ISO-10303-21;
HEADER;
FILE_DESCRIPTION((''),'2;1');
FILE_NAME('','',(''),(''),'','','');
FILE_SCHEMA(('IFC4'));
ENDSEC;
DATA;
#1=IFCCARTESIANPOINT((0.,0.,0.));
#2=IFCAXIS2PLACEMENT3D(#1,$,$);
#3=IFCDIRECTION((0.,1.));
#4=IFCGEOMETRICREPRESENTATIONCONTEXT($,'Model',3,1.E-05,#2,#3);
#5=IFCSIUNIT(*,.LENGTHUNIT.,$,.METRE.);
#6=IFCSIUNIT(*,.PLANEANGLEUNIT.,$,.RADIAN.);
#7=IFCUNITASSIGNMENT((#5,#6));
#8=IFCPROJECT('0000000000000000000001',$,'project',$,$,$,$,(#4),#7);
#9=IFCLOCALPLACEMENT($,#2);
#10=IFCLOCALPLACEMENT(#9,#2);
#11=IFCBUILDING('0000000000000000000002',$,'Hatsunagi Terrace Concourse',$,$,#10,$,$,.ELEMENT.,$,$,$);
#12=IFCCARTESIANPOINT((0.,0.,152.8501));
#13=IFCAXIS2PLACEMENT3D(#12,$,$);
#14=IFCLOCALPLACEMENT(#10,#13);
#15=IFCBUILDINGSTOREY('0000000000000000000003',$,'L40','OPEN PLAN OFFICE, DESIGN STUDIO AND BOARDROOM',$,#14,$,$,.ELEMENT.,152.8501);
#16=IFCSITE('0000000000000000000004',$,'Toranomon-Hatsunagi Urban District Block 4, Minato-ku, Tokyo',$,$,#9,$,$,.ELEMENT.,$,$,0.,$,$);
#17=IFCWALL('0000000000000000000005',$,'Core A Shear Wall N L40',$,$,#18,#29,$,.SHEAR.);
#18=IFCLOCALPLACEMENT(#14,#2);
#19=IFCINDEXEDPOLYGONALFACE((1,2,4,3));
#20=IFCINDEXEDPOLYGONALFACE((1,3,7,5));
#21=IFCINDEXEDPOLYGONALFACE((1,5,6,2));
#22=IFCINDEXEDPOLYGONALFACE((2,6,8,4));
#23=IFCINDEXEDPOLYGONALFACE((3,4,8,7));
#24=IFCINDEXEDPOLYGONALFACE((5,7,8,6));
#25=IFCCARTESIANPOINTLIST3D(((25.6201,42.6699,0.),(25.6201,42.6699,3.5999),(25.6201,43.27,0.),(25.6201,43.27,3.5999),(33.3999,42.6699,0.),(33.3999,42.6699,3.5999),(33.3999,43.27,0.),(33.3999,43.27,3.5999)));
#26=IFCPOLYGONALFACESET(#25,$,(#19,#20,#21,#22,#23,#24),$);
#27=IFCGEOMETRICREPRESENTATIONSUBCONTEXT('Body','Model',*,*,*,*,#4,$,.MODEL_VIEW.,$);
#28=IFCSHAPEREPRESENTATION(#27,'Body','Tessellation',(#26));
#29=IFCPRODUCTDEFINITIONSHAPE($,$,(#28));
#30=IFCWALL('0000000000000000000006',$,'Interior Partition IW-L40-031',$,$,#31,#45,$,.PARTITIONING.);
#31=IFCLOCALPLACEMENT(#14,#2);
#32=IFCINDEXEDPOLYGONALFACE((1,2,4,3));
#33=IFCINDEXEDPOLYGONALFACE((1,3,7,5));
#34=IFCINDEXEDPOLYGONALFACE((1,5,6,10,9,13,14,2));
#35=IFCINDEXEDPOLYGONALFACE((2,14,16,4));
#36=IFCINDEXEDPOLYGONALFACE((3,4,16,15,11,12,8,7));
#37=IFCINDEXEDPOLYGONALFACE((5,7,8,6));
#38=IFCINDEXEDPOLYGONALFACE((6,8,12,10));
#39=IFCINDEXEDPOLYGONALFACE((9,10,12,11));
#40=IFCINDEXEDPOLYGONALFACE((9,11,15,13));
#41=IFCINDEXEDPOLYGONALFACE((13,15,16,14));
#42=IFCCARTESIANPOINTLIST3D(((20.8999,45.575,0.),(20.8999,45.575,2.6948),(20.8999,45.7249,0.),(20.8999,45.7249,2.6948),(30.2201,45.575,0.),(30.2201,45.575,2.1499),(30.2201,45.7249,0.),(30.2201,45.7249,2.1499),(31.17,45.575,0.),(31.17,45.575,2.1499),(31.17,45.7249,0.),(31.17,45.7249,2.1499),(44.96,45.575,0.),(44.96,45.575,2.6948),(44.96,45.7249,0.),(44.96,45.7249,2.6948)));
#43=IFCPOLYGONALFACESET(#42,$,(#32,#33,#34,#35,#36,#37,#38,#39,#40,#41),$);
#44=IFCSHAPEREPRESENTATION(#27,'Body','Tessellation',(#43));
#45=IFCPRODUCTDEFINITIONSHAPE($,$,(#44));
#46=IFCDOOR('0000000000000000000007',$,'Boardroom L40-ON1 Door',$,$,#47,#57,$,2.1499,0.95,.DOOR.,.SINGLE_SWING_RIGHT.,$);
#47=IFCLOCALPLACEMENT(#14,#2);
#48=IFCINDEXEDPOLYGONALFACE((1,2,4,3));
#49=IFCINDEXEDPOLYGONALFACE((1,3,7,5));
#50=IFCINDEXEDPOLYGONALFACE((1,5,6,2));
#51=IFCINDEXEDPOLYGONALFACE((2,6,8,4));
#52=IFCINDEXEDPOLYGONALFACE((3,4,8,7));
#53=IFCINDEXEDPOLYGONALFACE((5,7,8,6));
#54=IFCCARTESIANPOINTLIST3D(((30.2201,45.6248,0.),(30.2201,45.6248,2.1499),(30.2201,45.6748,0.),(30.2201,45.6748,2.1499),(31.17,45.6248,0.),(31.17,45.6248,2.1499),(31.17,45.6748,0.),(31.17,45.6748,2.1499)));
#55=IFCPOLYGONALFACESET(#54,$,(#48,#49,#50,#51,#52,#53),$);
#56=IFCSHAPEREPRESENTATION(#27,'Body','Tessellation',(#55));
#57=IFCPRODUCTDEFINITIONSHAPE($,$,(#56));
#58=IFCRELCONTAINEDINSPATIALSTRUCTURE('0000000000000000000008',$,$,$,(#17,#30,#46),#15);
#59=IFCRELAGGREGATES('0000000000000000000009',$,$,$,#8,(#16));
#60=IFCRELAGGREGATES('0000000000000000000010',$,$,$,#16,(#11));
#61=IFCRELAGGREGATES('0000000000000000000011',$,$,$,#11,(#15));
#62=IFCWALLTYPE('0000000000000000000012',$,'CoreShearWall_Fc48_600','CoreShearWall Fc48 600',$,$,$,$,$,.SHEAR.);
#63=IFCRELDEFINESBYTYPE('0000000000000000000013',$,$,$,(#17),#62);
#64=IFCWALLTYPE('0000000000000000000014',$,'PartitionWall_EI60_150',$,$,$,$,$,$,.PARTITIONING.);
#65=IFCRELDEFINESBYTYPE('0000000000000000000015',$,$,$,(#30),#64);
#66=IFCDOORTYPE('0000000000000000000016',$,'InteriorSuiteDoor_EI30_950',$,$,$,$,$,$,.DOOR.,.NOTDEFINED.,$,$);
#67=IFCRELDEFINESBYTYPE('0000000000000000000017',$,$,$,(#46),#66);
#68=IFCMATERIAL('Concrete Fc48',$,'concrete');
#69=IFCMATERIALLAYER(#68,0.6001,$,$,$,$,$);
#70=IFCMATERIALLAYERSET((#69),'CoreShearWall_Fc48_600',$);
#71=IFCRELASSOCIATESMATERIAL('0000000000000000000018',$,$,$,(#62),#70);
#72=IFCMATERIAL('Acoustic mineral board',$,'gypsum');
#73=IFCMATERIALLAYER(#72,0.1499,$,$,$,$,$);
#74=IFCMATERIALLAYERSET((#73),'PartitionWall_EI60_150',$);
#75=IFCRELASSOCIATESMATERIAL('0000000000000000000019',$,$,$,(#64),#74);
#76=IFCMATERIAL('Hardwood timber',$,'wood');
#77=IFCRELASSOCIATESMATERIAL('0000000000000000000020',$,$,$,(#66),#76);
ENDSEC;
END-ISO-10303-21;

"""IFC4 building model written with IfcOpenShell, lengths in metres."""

from ifc_helpers import new_model, si_unit, direction, frame, frame_2d, origin, place, context, subcontext, project, spatial, rectangle, extrude, material, layer, layer_set, type_object, element, fill, save


model = new_model("IFC4")

# Units and contexts
model_context = context("Model", 3, precision=1e-05, world=origin(), true_north=direction((0.0, 1.0)))
body_context = subcontext(model_context, "Body", "Model", "MODEL_VIEW")
ifc_project = project(units=[si_unit("LENGTHUNIT", "METRE"), si_unit("PLANEANGLEUNIT", "RADIAN")], contexts=[model_context])

# Site, building, storey
site_placement = place(None, origin())
site = spatial("IfcSite", under=ifc_project, at=site_placement, Name="Toranomon-Hatsunagi Urban District Block 4, Minato-ku, Tokyo", CompositionType="ELEMENT", RefElevation=0.0)
building_placement = place(site_placement, origin())
building = spatial("IfcBuilding", under=site, at=building_placement, Name="Hatsunagi Terrace Concourse", CompositionType="ELEMENT")
storey_placement = place(building_placement, frame((0.0, 0.0, 152.8501)))
storey = spatial("IfcBuildingStorey", under=building, at=storey_placement, Name="L40", Description="OPEN PLAN OFFICE, DESIGN STUDIO AND BOARDROOM", CompositionType="ELEMENT", Elevation=152.8501)

# Wall
ifc_material_1 = material(Name="Concrete Fc48", Category="concrete")
ifc_layer_1 = layer(ifc_material_1, 0.6001)
ifc_layer_set_1 = layer_set([ifc_layer_1], Name="CoreShearWall_Fc48_600")
wall_type_1 = type_object("IfcWallType", Name="CoreShearWall_Fc48_600", Description="CoreShearWall Fc48 600", PredefinedType="SHEAR", material=ifc_layer_set_1)
wall_1_placement = place(storey_placement, frame((25.6201, 42.97, 0.0), z_axis=(0.0, 0.0, 1.0), x_axis=(1.0, 0.0, 0.0)))
element("IfcWall", 1, at=wall_1_placement, inside=storey, type_object=wall_type_1, Name="Core A Shear Wall N L40", PredefinedType="SHEAR", context=body_context, shape_type="SweptSolid", body=[
    extrude(rectangle(XDim=7.7798, YDim=0.6001, at=frame_2d((3.8899, 0.0))), origin(), (0.0, 0.0, 1.0), 3.5999),
])

# Wall, opening, door
ifc_material_2 = material(Name="Acoustic mineral board", Category="gypsum")
ifc_layer_2 = layer(ifc_material_2, 0.1499)
ifc_layer_set_2 = layer_set([ifc_layer_2], Name="PartitionWall_EI60_150")
wall_type_2 = type_object("IfcWallType", Name="PartitionWall_EI60_150", PredefinedType="PARTITIONING", material=ifc_layer_set_2)
wall_2_placement = place(storey_placement, frame((20.8999, 45.6499, 0.0), z_axis=(0.0, 0.0, 1.0), x_axis=(1.0, 0.0, 0.0)))
wall_2 = element("IfcWall", 2, at=wall_2_placement, inside=storey, type_object=wall_type_2, Name="Interior Partition IW-L40-031", PredefinedType="PARTITIONING", context=body_context, shape_type="SweptSolid", body=[
    extrude(rectangle(XDim=24.0601, YDim=0.1499, at=frame_2d((12.03, 0.0))), origin(), (0.0, 0.0, 1.0), 2.6948),
])
opening_placement = place(wall_2_placement, frame((9.3201, 0.0, 0.0)))
opening = element("IfcOpeningElement", 3, at=opening_placement, cuts=wall_2, PredefinedType="OPENING", context=body_context, shape_type="SweptSolid", body=[
    extrude(rectangle(XDim=0.95, YDim=2.1499, at=frame_2d((0.4751, 1.075))), frame((0.0, 0.085, 0.0), z_axis=(0.0, -1.0, 0.0), x_axis=(1.0, 0.0, 0.0)), (0.0, 0.0, 1.0), 0.1699),
])
ifc_material_3 = material(Name="Hardwood timber", Category="wood")
door_type = type_object("IfcDoorType", Name="InteriorSuiteDoor_EI30_950", OperationType="NOTDEFINED", PredefinedType="DOOR", material=ifc_material_3)
door_placement = place(opening_placement, origin())
door = element("IfcDoor", 4, at=door_placement, inside=storey, type_object=door_type, Name="Boardroom L40-ON1 Door", OperationType="SINGLE_SWING_RIGHT", OverallHeight=2.1499, OverallWidth=0.95, PredefinedType="DOOR", context=body_context, shape_type="SweptSolid", body=[
    extrude(rectangle(XDim=0.95, YDim=2.1499, at=frame_2d((0.4751, 1.075))), frame((0.0, 0.0249, 0.0), z_axis=(0.0, -1.0, 0.0), x_axis=(1.0, 0.0, 0.0)), (0.0, 0.0, 1.0), 0.05),
])
fill(opening, door)

save(model, "model.ifc")
